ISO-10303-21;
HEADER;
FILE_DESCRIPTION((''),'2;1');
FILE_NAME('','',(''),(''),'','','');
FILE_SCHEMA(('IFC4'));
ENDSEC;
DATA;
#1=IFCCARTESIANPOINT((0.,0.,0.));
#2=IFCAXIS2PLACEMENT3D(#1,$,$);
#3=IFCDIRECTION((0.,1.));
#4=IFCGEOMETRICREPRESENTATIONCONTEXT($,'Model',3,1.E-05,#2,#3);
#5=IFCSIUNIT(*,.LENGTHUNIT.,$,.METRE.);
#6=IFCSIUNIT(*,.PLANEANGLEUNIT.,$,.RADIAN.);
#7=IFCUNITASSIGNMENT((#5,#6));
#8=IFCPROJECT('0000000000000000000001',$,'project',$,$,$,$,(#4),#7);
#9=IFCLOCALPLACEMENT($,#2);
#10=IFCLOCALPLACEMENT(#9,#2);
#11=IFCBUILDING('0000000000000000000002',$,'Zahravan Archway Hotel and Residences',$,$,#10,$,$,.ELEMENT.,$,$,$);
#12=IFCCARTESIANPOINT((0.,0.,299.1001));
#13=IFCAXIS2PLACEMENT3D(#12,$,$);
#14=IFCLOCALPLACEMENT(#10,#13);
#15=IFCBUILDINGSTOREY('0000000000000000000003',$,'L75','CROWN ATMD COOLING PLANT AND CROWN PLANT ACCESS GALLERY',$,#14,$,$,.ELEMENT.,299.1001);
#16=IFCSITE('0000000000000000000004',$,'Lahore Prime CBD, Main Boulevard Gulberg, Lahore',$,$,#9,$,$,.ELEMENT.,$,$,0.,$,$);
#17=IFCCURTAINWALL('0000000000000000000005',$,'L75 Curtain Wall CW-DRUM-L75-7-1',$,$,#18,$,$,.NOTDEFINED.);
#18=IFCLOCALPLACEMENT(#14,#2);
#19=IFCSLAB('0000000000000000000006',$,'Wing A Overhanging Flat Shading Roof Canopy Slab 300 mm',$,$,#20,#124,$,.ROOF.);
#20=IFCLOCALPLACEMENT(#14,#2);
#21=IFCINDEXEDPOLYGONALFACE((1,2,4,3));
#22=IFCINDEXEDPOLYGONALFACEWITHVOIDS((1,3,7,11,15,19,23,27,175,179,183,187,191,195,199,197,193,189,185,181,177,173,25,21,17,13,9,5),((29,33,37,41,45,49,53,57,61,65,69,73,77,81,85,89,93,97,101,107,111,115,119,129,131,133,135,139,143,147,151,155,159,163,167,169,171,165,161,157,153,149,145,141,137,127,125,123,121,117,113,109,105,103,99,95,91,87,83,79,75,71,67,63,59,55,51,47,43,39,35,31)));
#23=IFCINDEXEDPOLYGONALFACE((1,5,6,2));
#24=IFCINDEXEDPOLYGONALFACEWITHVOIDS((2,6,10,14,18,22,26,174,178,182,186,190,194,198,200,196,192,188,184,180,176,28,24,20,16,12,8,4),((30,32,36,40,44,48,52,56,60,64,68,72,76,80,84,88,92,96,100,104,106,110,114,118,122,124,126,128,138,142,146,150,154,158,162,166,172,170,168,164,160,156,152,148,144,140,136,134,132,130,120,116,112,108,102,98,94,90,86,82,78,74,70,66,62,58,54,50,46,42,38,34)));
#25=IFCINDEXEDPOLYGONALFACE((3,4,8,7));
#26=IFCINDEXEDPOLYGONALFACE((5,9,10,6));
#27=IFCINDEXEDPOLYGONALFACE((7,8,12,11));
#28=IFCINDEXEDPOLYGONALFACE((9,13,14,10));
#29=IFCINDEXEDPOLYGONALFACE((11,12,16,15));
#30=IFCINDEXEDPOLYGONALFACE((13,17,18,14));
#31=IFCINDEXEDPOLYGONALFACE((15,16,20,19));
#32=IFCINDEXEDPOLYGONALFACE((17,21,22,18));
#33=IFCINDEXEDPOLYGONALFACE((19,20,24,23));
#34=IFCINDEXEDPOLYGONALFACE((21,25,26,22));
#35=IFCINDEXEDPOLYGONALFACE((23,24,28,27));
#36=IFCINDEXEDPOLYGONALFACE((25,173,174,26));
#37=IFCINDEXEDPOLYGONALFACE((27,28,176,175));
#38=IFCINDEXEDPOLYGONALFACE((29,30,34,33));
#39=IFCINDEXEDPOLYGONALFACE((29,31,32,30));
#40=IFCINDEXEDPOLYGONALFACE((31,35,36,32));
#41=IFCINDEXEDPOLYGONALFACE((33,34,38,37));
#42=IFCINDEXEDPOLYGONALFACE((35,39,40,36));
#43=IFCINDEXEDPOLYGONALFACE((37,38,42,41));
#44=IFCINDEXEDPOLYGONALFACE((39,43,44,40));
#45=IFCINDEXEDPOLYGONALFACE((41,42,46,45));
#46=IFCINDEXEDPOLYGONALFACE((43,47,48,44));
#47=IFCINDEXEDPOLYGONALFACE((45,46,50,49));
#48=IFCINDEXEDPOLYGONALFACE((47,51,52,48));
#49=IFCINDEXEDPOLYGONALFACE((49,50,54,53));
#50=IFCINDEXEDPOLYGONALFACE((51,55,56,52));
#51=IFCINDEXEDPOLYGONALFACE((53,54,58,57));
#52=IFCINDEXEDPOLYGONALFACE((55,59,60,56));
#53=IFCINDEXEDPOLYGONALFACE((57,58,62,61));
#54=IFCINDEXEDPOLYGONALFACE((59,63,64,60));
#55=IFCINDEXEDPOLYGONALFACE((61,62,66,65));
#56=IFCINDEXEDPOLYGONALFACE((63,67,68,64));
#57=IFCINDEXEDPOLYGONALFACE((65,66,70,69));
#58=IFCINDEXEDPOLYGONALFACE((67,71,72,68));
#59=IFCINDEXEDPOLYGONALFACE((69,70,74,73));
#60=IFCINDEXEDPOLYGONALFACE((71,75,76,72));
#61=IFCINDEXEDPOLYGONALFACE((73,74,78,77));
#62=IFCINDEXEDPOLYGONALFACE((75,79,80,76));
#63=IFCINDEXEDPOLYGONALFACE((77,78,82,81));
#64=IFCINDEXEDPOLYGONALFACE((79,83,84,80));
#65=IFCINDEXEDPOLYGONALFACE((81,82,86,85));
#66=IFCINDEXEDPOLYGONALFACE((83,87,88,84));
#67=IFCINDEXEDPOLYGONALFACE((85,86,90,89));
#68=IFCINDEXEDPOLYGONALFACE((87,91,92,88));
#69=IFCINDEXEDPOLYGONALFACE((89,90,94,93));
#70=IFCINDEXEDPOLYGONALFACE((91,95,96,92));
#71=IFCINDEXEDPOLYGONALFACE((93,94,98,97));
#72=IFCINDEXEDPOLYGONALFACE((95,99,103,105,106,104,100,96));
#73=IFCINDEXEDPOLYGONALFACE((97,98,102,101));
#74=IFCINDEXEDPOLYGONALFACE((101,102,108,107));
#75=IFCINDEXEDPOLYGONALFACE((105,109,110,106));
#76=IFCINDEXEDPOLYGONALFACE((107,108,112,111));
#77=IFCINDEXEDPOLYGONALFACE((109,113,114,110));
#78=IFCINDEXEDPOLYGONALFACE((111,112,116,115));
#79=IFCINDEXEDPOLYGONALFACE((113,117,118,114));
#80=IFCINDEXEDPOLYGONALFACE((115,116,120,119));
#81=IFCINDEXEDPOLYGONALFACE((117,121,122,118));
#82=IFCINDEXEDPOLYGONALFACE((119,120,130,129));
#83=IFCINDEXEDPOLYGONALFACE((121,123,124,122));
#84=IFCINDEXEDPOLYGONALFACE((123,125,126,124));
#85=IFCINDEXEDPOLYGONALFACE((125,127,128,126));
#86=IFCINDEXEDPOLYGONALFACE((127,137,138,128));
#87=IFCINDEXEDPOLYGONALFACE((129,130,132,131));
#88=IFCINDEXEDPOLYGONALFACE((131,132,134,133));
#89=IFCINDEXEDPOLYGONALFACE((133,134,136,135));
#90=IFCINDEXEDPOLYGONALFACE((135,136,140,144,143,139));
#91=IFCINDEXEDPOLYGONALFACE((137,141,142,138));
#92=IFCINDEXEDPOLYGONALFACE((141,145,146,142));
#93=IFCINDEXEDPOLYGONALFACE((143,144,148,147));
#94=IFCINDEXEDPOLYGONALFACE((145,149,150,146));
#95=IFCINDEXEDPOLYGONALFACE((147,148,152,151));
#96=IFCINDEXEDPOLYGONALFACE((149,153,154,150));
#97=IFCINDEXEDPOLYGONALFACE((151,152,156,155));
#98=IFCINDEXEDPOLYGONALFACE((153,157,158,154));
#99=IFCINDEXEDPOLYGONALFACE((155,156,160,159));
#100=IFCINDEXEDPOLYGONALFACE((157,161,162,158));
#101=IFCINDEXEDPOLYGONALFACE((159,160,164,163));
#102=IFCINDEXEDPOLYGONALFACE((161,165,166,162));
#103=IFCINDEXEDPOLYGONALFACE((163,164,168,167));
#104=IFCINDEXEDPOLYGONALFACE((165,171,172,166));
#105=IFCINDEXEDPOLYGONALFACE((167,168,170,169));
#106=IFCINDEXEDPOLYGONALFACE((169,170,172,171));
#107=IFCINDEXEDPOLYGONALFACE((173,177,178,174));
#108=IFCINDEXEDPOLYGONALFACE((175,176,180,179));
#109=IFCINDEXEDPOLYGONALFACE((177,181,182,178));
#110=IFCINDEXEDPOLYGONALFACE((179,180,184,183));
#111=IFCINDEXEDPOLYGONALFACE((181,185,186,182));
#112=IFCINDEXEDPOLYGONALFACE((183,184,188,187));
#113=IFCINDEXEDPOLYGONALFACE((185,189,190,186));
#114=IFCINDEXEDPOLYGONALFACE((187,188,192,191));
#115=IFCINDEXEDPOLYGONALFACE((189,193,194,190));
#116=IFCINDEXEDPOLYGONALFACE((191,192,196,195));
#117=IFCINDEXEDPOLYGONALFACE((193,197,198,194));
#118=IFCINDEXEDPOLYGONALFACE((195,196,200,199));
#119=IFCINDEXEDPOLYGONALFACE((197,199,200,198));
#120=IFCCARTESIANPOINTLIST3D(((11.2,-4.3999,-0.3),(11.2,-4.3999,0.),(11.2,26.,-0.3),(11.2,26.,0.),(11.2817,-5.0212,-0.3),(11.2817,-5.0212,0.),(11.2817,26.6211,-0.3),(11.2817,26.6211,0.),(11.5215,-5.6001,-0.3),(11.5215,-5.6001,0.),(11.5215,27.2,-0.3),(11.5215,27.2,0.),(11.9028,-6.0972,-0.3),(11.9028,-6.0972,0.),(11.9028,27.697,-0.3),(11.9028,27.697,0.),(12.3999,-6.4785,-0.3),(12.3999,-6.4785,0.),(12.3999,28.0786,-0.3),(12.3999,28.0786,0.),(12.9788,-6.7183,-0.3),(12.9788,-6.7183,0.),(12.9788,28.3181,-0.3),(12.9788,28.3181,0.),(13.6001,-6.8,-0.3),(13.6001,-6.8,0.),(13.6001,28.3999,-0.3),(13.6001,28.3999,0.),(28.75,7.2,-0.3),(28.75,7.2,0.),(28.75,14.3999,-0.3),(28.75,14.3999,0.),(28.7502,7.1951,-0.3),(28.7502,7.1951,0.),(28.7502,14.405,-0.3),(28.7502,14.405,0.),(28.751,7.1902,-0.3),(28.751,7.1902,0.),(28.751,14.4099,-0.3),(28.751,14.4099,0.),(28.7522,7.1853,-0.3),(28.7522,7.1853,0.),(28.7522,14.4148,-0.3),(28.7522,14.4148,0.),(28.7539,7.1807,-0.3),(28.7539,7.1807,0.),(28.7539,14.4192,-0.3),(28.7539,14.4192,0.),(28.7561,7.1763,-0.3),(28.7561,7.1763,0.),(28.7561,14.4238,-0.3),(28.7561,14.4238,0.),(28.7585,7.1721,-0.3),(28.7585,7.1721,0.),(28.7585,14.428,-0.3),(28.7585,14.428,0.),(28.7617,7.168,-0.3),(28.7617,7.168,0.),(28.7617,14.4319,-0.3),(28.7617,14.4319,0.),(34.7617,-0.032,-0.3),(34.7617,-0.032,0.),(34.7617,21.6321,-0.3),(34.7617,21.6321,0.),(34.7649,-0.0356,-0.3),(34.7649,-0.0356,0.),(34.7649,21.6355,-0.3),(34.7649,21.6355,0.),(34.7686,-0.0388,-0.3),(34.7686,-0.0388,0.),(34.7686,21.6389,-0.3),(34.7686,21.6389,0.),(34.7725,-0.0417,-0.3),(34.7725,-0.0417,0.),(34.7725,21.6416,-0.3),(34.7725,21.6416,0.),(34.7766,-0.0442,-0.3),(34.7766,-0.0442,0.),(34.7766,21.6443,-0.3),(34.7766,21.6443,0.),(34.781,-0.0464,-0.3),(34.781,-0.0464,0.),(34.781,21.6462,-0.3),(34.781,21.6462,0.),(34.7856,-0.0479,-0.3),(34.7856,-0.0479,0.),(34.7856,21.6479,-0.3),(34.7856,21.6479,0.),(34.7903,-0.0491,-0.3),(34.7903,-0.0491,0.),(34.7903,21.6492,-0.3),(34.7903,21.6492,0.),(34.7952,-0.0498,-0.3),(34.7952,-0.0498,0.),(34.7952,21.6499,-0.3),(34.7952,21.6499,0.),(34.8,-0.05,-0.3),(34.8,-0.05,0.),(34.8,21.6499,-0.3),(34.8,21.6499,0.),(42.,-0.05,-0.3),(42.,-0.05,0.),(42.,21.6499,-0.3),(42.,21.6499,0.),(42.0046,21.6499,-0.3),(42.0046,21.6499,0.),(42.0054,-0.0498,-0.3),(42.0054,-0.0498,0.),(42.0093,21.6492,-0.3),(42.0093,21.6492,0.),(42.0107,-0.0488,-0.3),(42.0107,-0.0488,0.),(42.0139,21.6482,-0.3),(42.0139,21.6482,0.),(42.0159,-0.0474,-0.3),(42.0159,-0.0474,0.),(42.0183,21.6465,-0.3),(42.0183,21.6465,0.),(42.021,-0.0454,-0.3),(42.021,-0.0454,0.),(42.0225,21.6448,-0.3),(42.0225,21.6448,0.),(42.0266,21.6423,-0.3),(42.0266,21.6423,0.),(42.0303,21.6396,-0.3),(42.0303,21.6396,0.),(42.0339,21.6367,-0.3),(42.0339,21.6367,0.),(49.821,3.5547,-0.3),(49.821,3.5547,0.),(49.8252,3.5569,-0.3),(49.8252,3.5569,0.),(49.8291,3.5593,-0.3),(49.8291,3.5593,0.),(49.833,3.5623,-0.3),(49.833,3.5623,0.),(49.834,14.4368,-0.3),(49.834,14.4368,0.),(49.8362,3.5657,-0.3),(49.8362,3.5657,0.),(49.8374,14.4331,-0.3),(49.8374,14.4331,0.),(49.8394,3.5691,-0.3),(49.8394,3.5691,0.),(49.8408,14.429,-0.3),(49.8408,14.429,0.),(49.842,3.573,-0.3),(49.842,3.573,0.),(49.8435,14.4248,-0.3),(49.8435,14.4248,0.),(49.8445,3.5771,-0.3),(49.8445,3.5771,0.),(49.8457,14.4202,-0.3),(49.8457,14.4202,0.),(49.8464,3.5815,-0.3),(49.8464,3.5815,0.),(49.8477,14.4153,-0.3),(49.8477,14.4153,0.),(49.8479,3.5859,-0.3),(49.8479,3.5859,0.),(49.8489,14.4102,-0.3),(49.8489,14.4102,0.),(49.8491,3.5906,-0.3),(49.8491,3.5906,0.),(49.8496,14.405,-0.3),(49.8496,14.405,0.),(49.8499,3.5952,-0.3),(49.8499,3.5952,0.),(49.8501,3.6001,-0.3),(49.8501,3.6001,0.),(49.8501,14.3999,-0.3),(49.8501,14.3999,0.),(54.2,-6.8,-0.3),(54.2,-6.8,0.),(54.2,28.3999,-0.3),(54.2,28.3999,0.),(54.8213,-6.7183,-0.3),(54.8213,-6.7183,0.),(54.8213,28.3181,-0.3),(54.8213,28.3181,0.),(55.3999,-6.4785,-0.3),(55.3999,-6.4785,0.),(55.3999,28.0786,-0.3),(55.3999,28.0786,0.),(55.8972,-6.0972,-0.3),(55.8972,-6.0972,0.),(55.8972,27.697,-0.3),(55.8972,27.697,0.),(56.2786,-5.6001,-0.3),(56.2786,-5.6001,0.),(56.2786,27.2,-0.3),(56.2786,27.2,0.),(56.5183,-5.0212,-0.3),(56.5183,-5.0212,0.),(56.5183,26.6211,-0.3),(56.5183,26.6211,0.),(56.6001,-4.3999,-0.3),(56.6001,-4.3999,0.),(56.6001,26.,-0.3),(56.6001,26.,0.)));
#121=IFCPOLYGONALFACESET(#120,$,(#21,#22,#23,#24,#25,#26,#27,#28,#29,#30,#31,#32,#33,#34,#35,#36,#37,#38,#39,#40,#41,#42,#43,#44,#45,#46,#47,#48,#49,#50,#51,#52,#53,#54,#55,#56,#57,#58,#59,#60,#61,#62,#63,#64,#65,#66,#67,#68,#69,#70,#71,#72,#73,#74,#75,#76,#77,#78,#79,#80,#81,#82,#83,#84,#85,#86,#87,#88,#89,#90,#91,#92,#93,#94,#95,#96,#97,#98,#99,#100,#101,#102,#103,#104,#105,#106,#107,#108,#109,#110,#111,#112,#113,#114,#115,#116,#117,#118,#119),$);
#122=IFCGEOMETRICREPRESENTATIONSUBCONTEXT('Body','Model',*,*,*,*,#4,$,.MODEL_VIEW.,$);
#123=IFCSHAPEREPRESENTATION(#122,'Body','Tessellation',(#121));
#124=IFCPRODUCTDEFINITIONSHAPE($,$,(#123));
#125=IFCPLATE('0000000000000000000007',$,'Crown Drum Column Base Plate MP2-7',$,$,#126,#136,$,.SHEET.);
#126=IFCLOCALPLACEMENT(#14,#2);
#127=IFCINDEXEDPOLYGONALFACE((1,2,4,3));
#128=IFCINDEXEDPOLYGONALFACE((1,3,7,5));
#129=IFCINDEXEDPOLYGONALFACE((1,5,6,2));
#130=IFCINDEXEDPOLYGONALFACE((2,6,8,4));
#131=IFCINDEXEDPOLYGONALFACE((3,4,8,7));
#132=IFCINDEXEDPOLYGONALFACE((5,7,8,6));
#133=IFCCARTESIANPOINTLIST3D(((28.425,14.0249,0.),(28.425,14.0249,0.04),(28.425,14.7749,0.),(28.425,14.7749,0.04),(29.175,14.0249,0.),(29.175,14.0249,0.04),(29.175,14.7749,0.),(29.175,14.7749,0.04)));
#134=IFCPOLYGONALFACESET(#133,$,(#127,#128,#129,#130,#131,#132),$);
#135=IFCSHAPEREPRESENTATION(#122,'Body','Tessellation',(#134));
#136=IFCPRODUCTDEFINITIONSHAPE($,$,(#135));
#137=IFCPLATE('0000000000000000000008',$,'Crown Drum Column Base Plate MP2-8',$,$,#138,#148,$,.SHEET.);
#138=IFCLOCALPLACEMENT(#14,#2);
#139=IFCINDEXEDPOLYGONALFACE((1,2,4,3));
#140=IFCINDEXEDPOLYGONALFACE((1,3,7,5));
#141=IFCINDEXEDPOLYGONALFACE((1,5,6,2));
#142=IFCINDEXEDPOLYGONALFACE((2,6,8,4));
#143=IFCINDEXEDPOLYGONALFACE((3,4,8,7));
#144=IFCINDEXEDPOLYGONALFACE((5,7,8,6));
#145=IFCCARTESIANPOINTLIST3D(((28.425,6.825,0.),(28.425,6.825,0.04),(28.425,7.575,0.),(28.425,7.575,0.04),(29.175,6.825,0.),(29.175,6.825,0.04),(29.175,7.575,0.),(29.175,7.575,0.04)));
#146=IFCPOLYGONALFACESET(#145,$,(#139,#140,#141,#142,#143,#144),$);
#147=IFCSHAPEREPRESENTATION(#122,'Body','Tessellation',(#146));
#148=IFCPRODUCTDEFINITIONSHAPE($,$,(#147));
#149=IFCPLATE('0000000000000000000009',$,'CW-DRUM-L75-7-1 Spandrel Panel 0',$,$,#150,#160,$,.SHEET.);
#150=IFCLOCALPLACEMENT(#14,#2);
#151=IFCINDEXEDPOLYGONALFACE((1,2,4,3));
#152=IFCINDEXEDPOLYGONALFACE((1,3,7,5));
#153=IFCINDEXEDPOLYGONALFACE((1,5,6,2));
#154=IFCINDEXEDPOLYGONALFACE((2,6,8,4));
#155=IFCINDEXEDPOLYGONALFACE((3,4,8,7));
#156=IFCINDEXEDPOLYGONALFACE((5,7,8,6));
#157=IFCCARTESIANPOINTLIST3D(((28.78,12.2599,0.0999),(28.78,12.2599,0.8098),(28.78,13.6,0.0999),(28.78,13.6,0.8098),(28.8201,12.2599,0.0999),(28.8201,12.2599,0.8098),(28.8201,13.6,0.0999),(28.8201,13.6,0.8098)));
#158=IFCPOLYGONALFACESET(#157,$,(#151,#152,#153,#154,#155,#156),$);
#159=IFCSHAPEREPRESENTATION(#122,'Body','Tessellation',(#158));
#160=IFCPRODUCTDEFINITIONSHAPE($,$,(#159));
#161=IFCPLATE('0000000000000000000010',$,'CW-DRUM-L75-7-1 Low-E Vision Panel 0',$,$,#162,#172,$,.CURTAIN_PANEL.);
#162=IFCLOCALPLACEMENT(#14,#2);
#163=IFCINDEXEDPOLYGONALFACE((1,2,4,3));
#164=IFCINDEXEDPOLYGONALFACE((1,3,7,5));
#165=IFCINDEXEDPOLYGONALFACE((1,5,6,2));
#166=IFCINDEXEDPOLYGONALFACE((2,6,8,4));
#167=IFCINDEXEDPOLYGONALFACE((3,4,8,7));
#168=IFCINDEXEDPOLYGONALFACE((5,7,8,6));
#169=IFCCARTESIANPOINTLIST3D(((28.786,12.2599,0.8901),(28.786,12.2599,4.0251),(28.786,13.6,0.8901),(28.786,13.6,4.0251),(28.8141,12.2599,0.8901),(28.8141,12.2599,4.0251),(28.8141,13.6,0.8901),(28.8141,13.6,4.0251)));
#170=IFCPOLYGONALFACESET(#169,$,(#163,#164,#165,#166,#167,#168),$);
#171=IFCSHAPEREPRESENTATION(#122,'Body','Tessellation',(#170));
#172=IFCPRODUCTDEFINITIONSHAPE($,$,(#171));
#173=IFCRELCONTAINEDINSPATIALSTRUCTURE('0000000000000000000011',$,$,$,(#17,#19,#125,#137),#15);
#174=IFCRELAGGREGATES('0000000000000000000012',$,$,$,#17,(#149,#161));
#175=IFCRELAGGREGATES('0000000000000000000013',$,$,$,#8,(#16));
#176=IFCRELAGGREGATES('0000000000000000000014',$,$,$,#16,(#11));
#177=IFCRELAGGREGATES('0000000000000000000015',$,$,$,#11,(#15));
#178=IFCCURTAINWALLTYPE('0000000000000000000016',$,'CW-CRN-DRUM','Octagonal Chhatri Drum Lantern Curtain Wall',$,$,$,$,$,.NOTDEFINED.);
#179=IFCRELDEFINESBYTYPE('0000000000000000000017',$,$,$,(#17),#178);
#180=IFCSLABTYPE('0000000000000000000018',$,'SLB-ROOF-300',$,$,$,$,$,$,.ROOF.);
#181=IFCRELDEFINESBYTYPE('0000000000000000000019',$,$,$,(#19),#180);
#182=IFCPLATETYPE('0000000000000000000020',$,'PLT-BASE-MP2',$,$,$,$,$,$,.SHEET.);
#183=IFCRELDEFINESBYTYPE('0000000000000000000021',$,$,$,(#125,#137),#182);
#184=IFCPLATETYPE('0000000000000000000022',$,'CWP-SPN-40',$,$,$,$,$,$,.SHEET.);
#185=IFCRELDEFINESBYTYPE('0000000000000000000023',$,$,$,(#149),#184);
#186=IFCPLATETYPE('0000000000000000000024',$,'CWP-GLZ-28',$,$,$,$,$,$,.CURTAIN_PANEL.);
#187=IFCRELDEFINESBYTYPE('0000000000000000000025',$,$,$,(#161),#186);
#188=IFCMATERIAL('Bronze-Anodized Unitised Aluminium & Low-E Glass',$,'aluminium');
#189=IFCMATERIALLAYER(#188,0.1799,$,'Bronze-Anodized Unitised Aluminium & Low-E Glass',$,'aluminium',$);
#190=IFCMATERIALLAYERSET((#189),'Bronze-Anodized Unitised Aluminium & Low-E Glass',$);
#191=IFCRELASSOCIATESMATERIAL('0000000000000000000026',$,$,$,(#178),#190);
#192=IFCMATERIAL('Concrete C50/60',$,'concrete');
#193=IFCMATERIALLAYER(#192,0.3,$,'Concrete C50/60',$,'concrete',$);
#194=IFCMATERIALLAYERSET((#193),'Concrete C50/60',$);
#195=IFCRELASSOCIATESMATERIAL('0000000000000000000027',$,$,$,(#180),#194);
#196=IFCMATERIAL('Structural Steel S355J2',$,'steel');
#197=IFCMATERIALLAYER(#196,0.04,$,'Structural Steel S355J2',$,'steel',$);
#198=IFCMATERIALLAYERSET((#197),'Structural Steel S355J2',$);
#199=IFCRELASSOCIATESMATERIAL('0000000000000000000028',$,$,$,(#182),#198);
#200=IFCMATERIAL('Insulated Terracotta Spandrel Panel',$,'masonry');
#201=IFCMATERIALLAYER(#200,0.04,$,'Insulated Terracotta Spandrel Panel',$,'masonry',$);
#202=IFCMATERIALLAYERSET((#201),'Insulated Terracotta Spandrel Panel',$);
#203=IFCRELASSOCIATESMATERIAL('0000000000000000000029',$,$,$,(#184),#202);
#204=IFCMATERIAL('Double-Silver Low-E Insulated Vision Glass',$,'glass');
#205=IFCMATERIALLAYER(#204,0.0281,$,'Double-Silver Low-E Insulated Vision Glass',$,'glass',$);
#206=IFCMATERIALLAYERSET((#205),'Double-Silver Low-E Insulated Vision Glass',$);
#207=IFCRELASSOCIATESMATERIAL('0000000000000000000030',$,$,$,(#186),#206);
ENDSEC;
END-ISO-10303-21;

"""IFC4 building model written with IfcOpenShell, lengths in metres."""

from ifc_helpers import new_model, si_unit, direction, frame, origin, origin_2d, place, context, subcontext, project, spatial, polyline, rectangle, outline, extrude, source, transform, mapped, material, layer, layer_set, type_object, type_shapes, element, aggregate, save


model = new_model("IFC4")

# Units and contexts
model_context = context("Model", 3, precision=1e-05, world=origin(), true_north=direction((0.0, 1.0)))
body_context = subcontext(model_context, "Body", "Model", "MODEL_VIEW")
ifc_project = project(units=[si_unit("LENGTHUNIT", "METRE"), si_unit("PLANEANGLEUNIT", "RADIAN")], contexts=[model_context])

# Site, building, storey
site_placement = place(None, origin())
site = spatial("IfcSite", under=ifc_project, at=site_placement, Name="Lahore Prime CBD, Main Boulevard Gulberg, Lahore", CompositionType="ELEMENT", RefElevation=0.0)
building_placement = place(site_placement, origin())
building = spatial("IfcBuilding", under=site, at=building_placement, Name="Zahravan Archway Hotel and Residences", CompositionType="ELEMENT")
storey_placement = place(building_placement, frame((0.0, 0.0, 299.1001)))
storey = spatial("IfcBuildingStorey", under=building, at=storey_placement, Name="L75", Description="CROWN ATMD COOLING PLANT AND CROWN PLANT ACCESS GALLERY", CompositionType="ELEMENT", Elevation=299.1001)

# Shared definitions
ifc_material_1 = material(Name="Structural Steel S355J2", Category="steel")

# Curtain wall
ifc_material_2 = material(Name="Bronze-Anodized Unitised Aluminium & Low-E Glass", Category="aluminium")
ifc_layer_1 = layer(ifc_material_2, 0.1799, Name="Bronze-Anodized Unitised Aluminium & Low-E Glass", Category="aluminium")
ifc_layer_set_1 = layer_set([ifc_layer_1], Name="Bronze-Anodized Unitised Aluminium & Low-E Glass")
curtain_wall_type = type_object("IfcCurtainWallType", Name="CW-CRN-DRUM", Description="Octagonal Chhatri Drum Lantern Curtain Wall", PredefinedType="NOTDEFINED", material=ifc_layer_set_1)
curtain_wall_placement = place(storey_placement, origin())
curtain_wall = element("IfcCurtainWall", 1, at=curtain_wall_placement, inside=storey, type_object=curtain_wall_type, Name="L75 Curtain Wall CW-DRUM-L75-7-1", PredefinedType="NOTDEFINED")

# Shared definitions
ifc_material_3 = material(Name="Concrete C50/60", Category="concrete")

# Slab
ifc_layer_2 = layer(ifc_material_3, 0.3, Name="Concrete C50/60", Category="concrete")
ifc_layer_set_2 = layer_set([ifc_layer_2], Name="Concrete C50/60")
slab_type_1 = type_object("IfcSlabType", Name="SLB-ROOF-300", PredefinedType="ROOF", material=ifc_layer_set_2)
slab_1_placement = place(storey_placement, frame((0.0, 0.0, -0.3)))
element("IfcSlab", 2, at=slab_1_placement, inside=storey, type_object=slab_type_1, Name="Wing A Overhanging Flat Shading Roof Canopy Slab 300 mm", PredefinedType="ROOF", context=body_context, shape_type="SweptSolid", body=[
    extrude(outline(polyline([(13.6001, -6.8), (12.9788, -6.7183), (12.3999, -6.4785), (11.9028, -6.0972), (11.5215, -5.6001), (11.2817, -5.0212), (11.2, -4.3999), (11.2, 26.0), (11.2817, 26.6211), (11.5215, 27.2), (11.9028, 27.697), (12.3999, 28.0786), (12.9788, 28.3181), (13.6001, 28.3999), (54.2, 28.3999), (54.8213, 28.3181), (55.3999, 28.0786), (55.8972, 27.697), (56.2786, 27.2), (56.5183, 26.6211), (56.6001, 26.0), (56.6001, -4.3999), (56.5183, -5.0212), (56.2786, -5.6001), (55.8972, -6.0972), (55.3999, -6.4785), (54.8213, -6.7183), (54.2, -6.8), (13.6001, -6.8)]), holes=[polyline([(34.7649, -0.0356), (34.7686, -0.0388), (34.7725, -0.0417), (34.7766, -0.0442), (34.781, -0.0464), (34.7856, -0.0479), (34.7903, -0.0491), (34.7952, -0.0498), (34.8, -0.05), (42.0, -0.05), (42.0054, -0.0498), (42.0107, -0.0488), (42.0159, -0.0474), (42.021, -0.0454), (49.821, 3.5547), (49.8252, 3.5569), (49.8291, 3.5593), (49.833, 3.5623), (49.8362, 3.5657), (49.8394, 3.5691), (49.842, 3.573), (49.8445, 3.5771), (49.8464, 3.5815), (49.8479, 3.5859), (49.8491, 3.5906), (49.8499, 3.5952), (49.8501, 3.6001), (49.8501, 14.3999), (49.8496, 14.405), (49.8489, 14.4102), (49.8477, 14.4153), (49.8457, 14.4202), (49.8435, 14.4248), (49.8408, 14.429), (49.8374, 14.4331), (49.834, 14.4368), (42.0339, 21.6367), (42.0303, 21.6396), (42.0266, 21.6423), (42.0225, 21.6448), (42.0183, 21.6465), (42.0139, 21.6482), (42.0093, 21.6492), (42.0046, 21.6499), (42.0, 21.6499), (34.8, 21.6499), (34.7952, 21.6499), (34.7903, 21.6492), (34.7856, 21.6479), (34.781, 21.6462), (34.7766, 21.6443), (34.7725, 21.6416), (34.7686, 21.6389), (34.7649, 21.6355), (34.7617, 21.6321), (28.7617, 14.4319), (28.7585, 14.428), (28.7561, 14.4238), (28.7539, 14.4192), (28.7522, 14.4148), (28.751, 14.4099), (28.7502, 14.405), (28.75, 14.3999), (28.75, 7.2), (28.7502, 7.1951), (28.751, 7.1902), (28.7522, 7.1853), (28.7539, 7.1807), (28.7561, 7.1763), (28.7585, 7.1721), (28.7617, 7.168), (34.7617, -0.032), (34.7649, -0.0356)])]), origin(), (0.0, 0.0, 1.0), 0.3),
])

# Plates
ifc_layer_3 = layer(ifc_material_1, 0.04, Name="Structural Steel S355J2", Category="steel")
ifc_layer_set_3 = layer_set([ifc_layer_3], Name="Structural Steel S355J2")
plate_type_1 = type_object("IfcPlateType", Name="PLT-BASE-MP2", PredefinedType="SHEET", material=ifc_layer_set_3)
shared_shape_1 = source(origin(), body_context, "Body", "SweptSolid", [
    extrude(rectangle(XDim=0.75, YDim=0.75, at=origin_2d()), origin(), (0.0, 0.0, 1.0), 0.04),
])
type_shapes(plate_type_1, [shared_shape_1])
for number, where, z_axis, x_axis, name in (
    (3, (28.8, 14.3999, 0.0), (0.0, 0.0, 1.0), (1.0, 0.0, 0.0), "Crown Drum Column Base Plate MP2-7"),
    (4, (28.8, 7.2, 0.0), (0.0, 0.0, 1.0), (1.0, 0.0, 0.0), "Crown Drum Column Base Plate MP2-8"),
):
    element("IfcPlate", number, at=place(storey_placement, frame(where, z_axis=z_axis, x_axis=x_axis)), inside=storey, type_object=plate_type_1, Name=name, PredefinedType="SHEET", context=body_context, shape_type="MappedRepresentation", body=[
        mapped(shared_shape_1, transform((0.0, 0.0, 0.0), scale=1.0)),
    ])

# Plates
ifc_material_4 = material(Name="Insulated Terracotta Spandrel Panel", Category="masonry")
ifc_layer_4 = layer(ifc_material_4, 0.04, Name="Insulated Terracotta Spandrel Panel", Category="masonry")
ifc_layer_set_4 = layer_set([ifc_layer_4], Name="Insulated Terracotta Spandrel Panel")
plate_type_2 = type_object("IfcPlateType", Name="CWP-SPN-40", PredefinedType="SHEET", material=ifc_layer_set_4)
shared_shape_2 = source(origin(), body_context, "Body", "SweptSolid", [
    extrude(rectangle(XDim=1.3401, YDim=0.04, at=origin_2d()), origin(), (0.0, 0.0, 1.0), 0.71),
])
plate_1_placement = place(storey_placement, frame((28.8, 12.9299, 0.0999), z_axis=(0.0, 0.0, 1.0), x_axis=(0.0, -1.0, 0.0)))
plate_1 = element("IfcPlate", 5, at=plate_1_placement, type_object=plate_type_2, Name="CW-DRUM-L75-7-1 Spandrel Panel 0", PredefinedType="SHEET", context=body_context, shape_type="MappedRepresentation", body=[
    mapped(shared_shape_2, transform((0.0, 0.0, 0.0), scale=1.0)),
])
ifc_material_5 = material(Name="Double-Silver Low-E Insulated Vision Glass", Category="glass")
ifc_layer_5 = layer(ifc_material_5, 0.0281, Name="Double-Silver Low-E Insulated Vision Glass", Category="glass")
ifc_layer_set_5 = layer_set([ifc_layer_5], Name="Double-Silver Low-E Insulated Vision Glass")
plate_type_3 = type_object("IfcPlateType", Name="CWP-GLZ-28", PredefinedType="CURTAIN_PANEL", material=ifc_layer_set_5)
shared_shape_3 = source(origin(), body_context, "Body", "SweptSolid", [
    extrude(rectangle(XDim=1.3401, YDim=0.0281, at=origin_2d()), origin(), (0.0, 0.0, 1.0), 3.135),
])
plate_2_placement = place(storey_placement, frame((28.8, 12.9299, 0.8901), z_axis=(0.0, 0.0, 1.0), x_axis=(0.0, -1.0, 0.0)))
plate_2 = element("IfcPlate", 6, at=plate_2_placement, type_object=plate_type_3, Name="CW-DRUM-L75-7-1 Low-E Vision Panel 0", PredefinedType="CURTAIN_PANEL", context=body_context, shape_type="MappedRepresentation", body=[
    mapped(shared_shape_3, transform((0.0, 0.0, 0.0), scale=1.0)),
])
aggregate(curtain_wall, [plate_1, plate_2])

save(model, "model.ifc")
